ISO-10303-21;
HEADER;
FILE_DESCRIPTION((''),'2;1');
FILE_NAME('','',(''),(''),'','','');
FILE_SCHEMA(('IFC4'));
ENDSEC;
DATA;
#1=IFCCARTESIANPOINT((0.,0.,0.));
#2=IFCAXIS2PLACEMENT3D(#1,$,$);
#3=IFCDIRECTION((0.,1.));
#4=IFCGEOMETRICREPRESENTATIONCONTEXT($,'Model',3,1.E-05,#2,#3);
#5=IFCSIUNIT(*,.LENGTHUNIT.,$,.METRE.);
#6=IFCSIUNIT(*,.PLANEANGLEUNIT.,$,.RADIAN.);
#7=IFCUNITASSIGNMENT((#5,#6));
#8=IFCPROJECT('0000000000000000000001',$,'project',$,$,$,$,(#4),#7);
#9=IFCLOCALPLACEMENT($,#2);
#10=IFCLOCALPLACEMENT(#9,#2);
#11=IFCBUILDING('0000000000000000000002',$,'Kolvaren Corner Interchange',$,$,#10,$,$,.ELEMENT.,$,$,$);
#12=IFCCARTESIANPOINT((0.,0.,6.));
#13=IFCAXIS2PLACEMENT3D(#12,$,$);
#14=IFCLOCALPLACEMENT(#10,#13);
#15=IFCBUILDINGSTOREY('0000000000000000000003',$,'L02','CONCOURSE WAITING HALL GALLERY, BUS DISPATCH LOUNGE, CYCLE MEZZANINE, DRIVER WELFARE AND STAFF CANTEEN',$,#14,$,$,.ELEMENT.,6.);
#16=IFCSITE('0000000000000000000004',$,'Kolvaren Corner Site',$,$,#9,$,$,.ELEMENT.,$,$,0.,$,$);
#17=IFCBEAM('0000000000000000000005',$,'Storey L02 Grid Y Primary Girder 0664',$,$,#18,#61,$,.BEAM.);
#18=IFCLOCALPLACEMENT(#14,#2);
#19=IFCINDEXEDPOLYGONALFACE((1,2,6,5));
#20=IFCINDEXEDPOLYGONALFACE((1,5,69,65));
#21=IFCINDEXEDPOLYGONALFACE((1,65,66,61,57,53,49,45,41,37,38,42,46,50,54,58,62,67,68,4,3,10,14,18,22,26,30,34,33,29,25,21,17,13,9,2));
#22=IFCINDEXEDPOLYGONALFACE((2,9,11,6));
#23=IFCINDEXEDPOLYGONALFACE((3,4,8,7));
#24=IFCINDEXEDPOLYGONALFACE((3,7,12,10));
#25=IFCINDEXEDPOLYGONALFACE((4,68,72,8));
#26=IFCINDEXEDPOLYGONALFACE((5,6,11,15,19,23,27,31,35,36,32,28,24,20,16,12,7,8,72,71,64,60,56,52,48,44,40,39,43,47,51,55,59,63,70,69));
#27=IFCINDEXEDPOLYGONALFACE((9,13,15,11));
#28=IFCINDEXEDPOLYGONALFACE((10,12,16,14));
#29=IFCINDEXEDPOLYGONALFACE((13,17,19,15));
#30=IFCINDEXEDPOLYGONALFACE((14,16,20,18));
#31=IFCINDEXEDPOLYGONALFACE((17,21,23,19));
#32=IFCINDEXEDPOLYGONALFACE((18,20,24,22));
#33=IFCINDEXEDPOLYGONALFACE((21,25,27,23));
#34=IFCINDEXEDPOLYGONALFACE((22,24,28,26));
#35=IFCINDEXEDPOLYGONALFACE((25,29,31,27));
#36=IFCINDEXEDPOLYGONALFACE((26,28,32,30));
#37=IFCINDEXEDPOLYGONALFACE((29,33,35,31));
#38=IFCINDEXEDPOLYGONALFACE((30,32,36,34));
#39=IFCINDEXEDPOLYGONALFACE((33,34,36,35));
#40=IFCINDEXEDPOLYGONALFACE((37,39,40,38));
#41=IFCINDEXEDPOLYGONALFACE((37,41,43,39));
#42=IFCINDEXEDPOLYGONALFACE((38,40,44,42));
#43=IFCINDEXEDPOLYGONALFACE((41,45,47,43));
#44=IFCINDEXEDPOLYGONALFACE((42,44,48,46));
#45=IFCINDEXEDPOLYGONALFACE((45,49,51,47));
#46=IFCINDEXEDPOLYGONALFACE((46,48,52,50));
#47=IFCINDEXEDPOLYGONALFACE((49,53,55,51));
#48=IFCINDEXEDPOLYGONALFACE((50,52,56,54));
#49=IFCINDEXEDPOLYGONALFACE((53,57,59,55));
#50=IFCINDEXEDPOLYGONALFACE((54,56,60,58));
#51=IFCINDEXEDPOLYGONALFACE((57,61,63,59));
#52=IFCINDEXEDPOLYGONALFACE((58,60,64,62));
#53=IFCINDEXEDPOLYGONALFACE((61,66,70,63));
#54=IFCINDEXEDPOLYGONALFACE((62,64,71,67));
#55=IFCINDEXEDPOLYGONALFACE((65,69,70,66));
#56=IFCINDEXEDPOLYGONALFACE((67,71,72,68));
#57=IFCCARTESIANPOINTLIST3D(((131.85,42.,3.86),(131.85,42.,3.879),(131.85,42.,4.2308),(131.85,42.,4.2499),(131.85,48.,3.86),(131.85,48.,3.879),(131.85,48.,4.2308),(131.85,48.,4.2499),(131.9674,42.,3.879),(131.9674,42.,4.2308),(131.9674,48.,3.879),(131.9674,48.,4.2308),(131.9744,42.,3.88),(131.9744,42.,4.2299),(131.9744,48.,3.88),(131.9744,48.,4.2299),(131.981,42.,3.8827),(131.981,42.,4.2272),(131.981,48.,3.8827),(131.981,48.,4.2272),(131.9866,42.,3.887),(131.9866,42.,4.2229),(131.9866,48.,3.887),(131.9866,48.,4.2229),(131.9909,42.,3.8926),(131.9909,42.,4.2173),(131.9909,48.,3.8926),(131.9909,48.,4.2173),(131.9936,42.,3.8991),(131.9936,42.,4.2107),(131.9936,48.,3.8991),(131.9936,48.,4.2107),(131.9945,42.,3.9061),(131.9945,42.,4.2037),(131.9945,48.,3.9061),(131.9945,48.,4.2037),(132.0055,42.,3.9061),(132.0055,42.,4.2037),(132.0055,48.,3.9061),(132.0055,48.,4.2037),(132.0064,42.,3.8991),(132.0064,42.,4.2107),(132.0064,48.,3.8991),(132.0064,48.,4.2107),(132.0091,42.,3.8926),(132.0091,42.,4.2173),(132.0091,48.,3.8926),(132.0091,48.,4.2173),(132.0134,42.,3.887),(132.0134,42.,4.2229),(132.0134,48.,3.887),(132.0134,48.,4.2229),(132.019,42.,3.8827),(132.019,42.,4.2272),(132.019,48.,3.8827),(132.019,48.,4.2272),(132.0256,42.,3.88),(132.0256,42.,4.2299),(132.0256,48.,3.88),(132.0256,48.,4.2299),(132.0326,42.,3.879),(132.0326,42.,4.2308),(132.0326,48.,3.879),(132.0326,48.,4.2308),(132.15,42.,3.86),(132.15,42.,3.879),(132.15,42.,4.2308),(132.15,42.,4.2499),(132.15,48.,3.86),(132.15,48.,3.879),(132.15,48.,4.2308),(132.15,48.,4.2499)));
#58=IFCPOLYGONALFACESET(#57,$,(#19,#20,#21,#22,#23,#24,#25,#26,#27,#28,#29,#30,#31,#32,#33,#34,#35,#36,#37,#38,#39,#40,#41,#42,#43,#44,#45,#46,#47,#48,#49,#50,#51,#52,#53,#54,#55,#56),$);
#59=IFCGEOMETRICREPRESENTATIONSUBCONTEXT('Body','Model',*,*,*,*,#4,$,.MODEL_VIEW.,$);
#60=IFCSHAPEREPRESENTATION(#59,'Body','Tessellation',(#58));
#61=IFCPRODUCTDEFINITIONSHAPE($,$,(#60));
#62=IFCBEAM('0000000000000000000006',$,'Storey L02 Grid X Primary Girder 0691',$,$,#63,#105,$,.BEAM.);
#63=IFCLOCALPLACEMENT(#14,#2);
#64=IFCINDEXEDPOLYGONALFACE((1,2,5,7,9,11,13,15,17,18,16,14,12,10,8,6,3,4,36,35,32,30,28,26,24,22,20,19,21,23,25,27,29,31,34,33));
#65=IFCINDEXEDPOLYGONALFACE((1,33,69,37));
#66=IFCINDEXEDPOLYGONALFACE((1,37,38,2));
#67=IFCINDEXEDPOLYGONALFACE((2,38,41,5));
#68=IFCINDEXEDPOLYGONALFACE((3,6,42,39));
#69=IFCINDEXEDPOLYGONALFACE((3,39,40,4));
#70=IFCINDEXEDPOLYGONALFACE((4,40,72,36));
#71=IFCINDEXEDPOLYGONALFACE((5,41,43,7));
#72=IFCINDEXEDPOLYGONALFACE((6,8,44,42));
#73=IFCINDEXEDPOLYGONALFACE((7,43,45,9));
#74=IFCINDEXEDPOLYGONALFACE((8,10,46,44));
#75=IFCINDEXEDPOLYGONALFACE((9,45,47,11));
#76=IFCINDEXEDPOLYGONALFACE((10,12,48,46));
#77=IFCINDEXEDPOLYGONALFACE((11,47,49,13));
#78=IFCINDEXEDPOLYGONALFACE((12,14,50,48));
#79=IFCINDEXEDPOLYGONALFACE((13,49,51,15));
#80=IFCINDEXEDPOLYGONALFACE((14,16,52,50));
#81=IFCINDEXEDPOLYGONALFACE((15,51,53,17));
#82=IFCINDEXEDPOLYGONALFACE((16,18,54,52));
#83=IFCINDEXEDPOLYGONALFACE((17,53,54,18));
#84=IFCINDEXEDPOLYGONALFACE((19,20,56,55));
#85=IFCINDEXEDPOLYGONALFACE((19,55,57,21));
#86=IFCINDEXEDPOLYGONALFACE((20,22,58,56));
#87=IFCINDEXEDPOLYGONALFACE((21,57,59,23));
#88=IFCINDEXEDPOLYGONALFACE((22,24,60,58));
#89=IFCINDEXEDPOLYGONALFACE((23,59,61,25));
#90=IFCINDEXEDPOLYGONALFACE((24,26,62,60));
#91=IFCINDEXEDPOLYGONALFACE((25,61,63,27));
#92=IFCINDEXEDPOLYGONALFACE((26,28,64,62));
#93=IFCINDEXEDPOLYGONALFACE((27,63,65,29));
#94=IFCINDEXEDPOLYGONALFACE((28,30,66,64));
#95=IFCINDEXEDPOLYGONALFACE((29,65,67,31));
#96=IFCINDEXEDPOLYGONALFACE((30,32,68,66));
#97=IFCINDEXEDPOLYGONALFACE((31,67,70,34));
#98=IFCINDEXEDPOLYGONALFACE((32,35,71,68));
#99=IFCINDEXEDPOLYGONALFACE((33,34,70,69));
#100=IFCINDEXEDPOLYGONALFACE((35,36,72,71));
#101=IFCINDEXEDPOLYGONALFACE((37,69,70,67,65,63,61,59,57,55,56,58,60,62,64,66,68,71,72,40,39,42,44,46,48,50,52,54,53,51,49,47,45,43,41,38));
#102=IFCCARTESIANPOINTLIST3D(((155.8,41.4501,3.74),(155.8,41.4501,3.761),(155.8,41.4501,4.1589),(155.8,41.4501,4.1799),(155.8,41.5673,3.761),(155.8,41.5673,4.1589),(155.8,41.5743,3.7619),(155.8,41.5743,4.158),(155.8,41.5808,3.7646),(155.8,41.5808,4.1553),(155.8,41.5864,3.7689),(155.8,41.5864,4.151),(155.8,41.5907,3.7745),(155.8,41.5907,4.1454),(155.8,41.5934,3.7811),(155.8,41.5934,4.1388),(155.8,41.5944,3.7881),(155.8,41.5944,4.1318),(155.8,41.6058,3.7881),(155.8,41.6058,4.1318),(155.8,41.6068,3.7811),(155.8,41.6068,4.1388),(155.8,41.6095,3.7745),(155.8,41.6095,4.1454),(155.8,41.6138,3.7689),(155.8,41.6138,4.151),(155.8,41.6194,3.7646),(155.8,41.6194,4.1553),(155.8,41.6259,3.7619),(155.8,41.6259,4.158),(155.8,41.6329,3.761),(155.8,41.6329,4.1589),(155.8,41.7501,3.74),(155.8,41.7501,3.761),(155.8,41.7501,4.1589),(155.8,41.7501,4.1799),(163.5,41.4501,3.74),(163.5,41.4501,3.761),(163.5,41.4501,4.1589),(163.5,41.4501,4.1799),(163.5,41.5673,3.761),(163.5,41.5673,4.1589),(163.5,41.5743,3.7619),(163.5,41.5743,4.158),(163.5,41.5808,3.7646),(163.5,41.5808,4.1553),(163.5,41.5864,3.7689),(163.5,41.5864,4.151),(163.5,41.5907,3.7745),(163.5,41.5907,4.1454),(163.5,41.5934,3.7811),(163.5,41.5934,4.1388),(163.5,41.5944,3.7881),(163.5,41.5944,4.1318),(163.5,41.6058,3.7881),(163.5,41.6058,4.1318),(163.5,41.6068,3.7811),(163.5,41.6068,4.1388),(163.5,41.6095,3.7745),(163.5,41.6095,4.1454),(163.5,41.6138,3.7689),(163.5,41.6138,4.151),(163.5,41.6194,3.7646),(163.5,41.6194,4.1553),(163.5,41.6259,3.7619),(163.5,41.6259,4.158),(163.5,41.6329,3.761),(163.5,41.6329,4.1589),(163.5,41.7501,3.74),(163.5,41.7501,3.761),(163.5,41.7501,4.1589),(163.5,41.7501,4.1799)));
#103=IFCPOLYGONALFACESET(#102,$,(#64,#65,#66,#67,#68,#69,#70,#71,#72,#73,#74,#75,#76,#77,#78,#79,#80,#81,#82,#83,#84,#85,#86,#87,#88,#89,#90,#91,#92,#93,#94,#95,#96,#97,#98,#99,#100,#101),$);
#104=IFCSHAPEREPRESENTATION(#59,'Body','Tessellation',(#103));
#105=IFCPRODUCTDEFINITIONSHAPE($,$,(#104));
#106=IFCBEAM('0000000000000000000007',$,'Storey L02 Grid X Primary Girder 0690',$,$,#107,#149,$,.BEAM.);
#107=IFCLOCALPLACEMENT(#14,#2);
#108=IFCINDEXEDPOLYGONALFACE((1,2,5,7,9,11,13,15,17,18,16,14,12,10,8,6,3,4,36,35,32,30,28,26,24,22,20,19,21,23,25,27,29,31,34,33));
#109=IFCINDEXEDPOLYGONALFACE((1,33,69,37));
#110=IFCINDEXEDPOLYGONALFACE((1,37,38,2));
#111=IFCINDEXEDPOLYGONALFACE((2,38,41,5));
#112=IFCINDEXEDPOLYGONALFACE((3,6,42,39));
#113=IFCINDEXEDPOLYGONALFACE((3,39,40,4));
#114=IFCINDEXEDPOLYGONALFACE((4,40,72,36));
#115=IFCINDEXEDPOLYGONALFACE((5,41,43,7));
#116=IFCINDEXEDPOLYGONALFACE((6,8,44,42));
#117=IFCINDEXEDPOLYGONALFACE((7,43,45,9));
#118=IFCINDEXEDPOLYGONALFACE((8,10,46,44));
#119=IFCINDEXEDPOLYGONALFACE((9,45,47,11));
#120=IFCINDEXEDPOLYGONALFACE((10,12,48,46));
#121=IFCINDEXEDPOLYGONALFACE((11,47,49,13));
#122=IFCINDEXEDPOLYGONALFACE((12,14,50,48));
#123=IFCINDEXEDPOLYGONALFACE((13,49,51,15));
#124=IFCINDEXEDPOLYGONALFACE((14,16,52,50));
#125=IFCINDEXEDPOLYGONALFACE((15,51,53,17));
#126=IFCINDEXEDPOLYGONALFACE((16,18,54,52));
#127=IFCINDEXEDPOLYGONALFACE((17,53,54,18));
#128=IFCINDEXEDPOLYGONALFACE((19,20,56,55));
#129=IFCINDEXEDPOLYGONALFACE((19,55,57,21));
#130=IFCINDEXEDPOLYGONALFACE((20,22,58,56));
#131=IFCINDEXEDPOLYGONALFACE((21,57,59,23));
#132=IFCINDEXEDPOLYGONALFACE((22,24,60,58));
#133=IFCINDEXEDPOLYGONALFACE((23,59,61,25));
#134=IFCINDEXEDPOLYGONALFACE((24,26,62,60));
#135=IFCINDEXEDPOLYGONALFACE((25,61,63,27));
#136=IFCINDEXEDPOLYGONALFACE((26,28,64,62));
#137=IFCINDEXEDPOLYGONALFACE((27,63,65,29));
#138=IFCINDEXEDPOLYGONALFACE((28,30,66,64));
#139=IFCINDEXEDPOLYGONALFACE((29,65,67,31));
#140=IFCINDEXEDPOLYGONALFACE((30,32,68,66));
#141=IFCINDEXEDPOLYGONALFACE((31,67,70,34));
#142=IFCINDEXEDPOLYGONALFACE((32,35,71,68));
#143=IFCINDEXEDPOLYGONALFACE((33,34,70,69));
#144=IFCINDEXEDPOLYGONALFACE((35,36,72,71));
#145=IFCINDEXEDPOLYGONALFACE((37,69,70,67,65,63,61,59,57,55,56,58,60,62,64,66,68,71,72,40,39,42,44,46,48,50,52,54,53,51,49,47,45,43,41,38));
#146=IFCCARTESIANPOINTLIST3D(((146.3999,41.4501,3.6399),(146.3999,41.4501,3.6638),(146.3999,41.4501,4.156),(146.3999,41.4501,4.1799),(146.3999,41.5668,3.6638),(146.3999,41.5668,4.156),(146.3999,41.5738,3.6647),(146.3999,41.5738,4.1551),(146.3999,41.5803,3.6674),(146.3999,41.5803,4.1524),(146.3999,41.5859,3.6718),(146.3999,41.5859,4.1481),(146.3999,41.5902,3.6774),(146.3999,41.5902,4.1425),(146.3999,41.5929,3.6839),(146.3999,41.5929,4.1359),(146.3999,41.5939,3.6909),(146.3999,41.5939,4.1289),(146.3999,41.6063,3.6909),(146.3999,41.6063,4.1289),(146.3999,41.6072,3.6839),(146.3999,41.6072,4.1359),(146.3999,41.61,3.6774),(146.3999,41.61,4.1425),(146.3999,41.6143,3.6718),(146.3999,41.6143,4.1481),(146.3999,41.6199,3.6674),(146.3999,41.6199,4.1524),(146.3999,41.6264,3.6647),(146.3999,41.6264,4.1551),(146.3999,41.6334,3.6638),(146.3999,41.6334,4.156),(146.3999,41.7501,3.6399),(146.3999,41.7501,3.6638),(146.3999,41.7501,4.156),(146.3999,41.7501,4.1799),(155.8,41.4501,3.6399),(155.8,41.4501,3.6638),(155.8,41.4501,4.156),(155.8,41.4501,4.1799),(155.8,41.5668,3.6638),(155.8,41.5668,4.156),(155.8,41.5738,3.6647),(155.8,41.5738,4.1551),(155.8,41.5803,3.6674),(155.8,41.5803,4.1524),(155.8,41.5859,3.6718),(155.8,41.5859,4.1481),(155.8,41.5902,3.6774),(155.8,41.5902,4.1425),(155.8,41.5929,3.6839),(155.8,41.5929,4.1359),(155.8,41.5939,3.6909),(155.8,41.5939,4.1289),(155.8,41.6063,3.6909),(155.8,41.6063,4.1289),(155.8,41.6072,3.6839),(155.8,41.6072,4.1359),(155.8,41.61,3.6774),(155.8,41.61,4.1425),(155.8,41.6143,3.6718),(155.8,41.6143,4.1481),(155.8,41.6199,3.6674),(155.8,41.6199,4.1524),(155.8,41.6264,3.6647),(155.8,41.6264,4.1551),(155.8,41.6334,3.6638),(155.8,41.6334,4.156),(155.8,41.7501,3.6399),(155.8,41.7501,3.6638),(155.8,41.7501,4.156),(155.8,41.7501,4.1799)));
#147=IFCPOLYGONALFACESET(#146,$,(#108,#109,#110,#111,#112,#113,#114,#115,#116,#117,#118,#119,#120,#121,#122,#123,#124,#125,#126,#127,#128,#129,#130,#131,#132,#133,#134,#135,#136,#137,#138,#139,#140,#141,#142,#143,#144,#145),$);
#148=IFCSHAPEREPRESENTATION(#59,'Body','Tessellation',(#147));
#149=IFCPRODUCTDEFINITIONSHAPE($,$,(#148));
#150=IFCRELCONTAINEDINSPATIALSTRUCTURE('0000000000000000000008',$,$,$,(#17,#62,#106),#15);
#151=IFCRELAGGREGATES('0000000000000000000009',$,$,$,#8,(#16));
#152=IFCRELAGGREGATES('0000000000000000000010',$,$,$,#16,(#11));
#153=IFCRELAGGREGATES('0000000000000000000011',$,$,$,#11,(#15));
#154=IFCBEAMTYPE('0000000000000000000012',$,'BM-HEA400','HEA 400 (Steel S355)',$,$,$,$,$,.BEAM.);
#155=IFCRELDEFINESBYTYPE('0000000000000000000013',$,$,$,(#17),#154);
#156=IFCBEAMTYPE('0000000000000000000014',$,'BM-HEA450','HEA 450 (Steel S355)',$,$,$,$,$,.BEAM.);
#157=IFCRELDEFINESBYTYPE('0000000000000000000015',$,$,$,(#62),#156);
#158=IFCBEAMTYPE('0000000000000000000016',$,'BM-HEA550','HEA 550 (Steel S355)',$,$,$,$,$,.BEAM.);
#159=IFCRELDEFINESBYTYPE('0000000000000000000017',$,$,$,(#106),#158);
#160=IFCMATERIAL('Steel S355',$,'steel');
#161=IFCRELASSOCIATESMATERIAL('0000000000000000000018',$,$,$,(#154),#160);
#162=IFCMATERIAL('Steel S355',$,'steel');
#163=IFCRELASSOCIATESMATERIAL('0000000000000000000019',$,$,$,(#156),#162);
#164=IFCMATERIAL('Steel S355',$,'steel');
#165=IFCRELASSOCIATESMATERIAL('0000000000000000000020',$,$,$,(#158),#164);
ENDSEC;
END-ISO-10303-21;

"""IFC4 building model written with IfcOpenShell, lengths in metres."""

from ifc_helpers import new_model, si_unit, direction, frame, origin, origin_2d, place, context, subcontext, project, spatial, i_section, extrude, material, material_profile, profile_set, type_object, element, save


model = new_model("IFC4")

# Units and contexts
model_context = context("Model", 3, precision=1e-05, world=origin(), true_north=direction((0.0, 1.0)))
body_context = subcontext(model_context, "Body", "Model", "MODEL_VIEW")
ifc_project = project(units=[si_unit("LENGTHUNIT", "METRE"), si_unit("PLANEANGLEUNIT", "RADIAN")], contexts=[model_context])

# Site, building, storey
site_placement = place(None, origin())
site = spatial("IfcSite", under=ifc_project, at=site_placement, Name="Kolvaren Corner Site", CompositionType="ELEMENT", RefElevation=0.0)
building_placement = place(site_placement, origin())
building = spatial("IfcBuilding", under=site, at=building_placement, Name="Kolvaren Corner Interchange", CompositionType="ELEMENT")
storey_placement = place(building_placement, frame((0.0, 0.0, 6.0)))
storey = spatial("IfcBuildingStorey", under=building, at=storey_placement, Name="L02", Description="CONCOURSE WAITING HALL GALLERY, BUS DISPATCH LOUNGE, CYCLE MEZZANINE, DRIVER WELFARE AND STAFF CANTEEN", CompositionType="ELEMENT", Elevation=6.0)

# Beams
ifc_material_1 = material(Name="Steel S355", Category="steel")
ifc_material_profile_1 = material_profile(ifc_material_1, i_section(OverallWidth=0.3, OverallDepth=0.3899, WebThickness=0.011, FlangeThickness=0.019, FilletRadius=0.0271, at=origin_2d()), Name="HEA 400")
ifc_profile_set_1 = profile_set([ifc_material_profile_1], Name="Steel S355")
beam_type_1 = type_object("IfcBeamType", Name="BM-HEA400", Description="HEA 400 (Steel S355)", PredefinedType="BEAM", material=ifc_profile_set_1)
for number, where, z_axis, x_axis, name in (
    (1, (132.0, 42.0, 4.0549), (0.0, 1.0, 0.0), (-1.0, 0.0, 0.0), "Storey L02 Grid Y Primary Girder 0664"),
):
    element("IfcBeam", number, at=place(storey_placement, frame(where, z_axis=z_axis, x_axis=x_axis)), inside=storey, type_object=beam_type_1, Name=name, PredefinedType="BEAM", context=body_context, shape_type="SweptSolid", body=[
        extrude(i_section(OverallWidth=0.3, OverallDepth=0.3899, WebThickness=0.011, FlangeThickness=0.019, FilletRadius=0.0271, at=origin_2d()), origin(), (0.0, 0.0, 1.0), 6.0),
    ])
ifc_material_2 = material(Name="Steel S355", Category="steel")
ifc_material_profile_2 = material_profile(ifc_material_2, i_section(OverallWidth=0.3, OverallDepth=0.4399, WebThickness=0.0115, FlangeThickness=0.021, FilletRadius=0.0271, at=origin_2d()), Name="HEA 450")
ifc_profile_set_2 = profile_set([ifc_material_profile_2], Name="Steel S355")
beam_type_2 = type_object("IfcBeamType", Name="BM-HEA450", Description="HEA 450 (Steel S355)", PredefinedType="BEAM", material=ifc_profile_set_2)
beam_1_placement = place(storey_placement, frame((155.8, 41.6001, 3.96), z_axis=(1.0, 0.0, 0.0), x_axis=(0.0, 1.0, 0.0)))
element("IfcBeam", 2, at=beam_1_placement, inside=storey, type_object=beam_type_2, Name="Storey L02 Grid X Primary Girder 0691", PredefinedType="BEAM", context=body_context, shape_type="SweptSolid", body=[
    extrude(i_section(OverallWidth=0.3, OverallDepth=0.4399, WebThickness=0.0115, FlangeThickness=0.021, FilletRadius=0.0271, at=origin_2d()), origin(), (0.0, 0.0, 1.0), 7.7),
])
ifc_material_3 = material(Name="Steel S355", Category="steel")
ifc_material_profile_3 = material_profile(ifc_material_3, i_section(OverallWidth=0.3, OverallDepth=0.54, WebThickness=0.0125, FlangeThickness=0.0239, FilletRadius=0.0271, at=origin_2d()), Name="HEA 550")
ifc_profile_set_3 = profile_set([ifc_material_profile_3], Name="Steel S355")
beam_type_3 = type_object("IfcBeamType", Name="BM-HEA550", Description="HEA 550 (Steel S355)", PredefinedType="BEAM", material=ifc_profile_set_3)
beam_2_placement = place(storey_placement, frame((146.3999, 41.6001, 3.9099), z_axis=(1.0, 0.0, 0.0), x_axis=(0.0, 1.0, 0.0)))
element("IfcBeam", 3, at=beam_2_placement, inside=storey, type_object=beam_type_3, Name="Storey L02 Grid X Primary Girder 0690", PredefinedType="BEAM", context=body_context, shape_type="SweptSolid", body=[
    extrude(i_section(OverallWidth=0.3, OverallDepth=0.54, WebThickness=0.0125, FlangeThickness=0.0239, FilletRadius=0.0271, at=origin_2d()), origin(), (0.0, 0.0, 1.0), 9.4001),
])

save(model, "model.ifc")
